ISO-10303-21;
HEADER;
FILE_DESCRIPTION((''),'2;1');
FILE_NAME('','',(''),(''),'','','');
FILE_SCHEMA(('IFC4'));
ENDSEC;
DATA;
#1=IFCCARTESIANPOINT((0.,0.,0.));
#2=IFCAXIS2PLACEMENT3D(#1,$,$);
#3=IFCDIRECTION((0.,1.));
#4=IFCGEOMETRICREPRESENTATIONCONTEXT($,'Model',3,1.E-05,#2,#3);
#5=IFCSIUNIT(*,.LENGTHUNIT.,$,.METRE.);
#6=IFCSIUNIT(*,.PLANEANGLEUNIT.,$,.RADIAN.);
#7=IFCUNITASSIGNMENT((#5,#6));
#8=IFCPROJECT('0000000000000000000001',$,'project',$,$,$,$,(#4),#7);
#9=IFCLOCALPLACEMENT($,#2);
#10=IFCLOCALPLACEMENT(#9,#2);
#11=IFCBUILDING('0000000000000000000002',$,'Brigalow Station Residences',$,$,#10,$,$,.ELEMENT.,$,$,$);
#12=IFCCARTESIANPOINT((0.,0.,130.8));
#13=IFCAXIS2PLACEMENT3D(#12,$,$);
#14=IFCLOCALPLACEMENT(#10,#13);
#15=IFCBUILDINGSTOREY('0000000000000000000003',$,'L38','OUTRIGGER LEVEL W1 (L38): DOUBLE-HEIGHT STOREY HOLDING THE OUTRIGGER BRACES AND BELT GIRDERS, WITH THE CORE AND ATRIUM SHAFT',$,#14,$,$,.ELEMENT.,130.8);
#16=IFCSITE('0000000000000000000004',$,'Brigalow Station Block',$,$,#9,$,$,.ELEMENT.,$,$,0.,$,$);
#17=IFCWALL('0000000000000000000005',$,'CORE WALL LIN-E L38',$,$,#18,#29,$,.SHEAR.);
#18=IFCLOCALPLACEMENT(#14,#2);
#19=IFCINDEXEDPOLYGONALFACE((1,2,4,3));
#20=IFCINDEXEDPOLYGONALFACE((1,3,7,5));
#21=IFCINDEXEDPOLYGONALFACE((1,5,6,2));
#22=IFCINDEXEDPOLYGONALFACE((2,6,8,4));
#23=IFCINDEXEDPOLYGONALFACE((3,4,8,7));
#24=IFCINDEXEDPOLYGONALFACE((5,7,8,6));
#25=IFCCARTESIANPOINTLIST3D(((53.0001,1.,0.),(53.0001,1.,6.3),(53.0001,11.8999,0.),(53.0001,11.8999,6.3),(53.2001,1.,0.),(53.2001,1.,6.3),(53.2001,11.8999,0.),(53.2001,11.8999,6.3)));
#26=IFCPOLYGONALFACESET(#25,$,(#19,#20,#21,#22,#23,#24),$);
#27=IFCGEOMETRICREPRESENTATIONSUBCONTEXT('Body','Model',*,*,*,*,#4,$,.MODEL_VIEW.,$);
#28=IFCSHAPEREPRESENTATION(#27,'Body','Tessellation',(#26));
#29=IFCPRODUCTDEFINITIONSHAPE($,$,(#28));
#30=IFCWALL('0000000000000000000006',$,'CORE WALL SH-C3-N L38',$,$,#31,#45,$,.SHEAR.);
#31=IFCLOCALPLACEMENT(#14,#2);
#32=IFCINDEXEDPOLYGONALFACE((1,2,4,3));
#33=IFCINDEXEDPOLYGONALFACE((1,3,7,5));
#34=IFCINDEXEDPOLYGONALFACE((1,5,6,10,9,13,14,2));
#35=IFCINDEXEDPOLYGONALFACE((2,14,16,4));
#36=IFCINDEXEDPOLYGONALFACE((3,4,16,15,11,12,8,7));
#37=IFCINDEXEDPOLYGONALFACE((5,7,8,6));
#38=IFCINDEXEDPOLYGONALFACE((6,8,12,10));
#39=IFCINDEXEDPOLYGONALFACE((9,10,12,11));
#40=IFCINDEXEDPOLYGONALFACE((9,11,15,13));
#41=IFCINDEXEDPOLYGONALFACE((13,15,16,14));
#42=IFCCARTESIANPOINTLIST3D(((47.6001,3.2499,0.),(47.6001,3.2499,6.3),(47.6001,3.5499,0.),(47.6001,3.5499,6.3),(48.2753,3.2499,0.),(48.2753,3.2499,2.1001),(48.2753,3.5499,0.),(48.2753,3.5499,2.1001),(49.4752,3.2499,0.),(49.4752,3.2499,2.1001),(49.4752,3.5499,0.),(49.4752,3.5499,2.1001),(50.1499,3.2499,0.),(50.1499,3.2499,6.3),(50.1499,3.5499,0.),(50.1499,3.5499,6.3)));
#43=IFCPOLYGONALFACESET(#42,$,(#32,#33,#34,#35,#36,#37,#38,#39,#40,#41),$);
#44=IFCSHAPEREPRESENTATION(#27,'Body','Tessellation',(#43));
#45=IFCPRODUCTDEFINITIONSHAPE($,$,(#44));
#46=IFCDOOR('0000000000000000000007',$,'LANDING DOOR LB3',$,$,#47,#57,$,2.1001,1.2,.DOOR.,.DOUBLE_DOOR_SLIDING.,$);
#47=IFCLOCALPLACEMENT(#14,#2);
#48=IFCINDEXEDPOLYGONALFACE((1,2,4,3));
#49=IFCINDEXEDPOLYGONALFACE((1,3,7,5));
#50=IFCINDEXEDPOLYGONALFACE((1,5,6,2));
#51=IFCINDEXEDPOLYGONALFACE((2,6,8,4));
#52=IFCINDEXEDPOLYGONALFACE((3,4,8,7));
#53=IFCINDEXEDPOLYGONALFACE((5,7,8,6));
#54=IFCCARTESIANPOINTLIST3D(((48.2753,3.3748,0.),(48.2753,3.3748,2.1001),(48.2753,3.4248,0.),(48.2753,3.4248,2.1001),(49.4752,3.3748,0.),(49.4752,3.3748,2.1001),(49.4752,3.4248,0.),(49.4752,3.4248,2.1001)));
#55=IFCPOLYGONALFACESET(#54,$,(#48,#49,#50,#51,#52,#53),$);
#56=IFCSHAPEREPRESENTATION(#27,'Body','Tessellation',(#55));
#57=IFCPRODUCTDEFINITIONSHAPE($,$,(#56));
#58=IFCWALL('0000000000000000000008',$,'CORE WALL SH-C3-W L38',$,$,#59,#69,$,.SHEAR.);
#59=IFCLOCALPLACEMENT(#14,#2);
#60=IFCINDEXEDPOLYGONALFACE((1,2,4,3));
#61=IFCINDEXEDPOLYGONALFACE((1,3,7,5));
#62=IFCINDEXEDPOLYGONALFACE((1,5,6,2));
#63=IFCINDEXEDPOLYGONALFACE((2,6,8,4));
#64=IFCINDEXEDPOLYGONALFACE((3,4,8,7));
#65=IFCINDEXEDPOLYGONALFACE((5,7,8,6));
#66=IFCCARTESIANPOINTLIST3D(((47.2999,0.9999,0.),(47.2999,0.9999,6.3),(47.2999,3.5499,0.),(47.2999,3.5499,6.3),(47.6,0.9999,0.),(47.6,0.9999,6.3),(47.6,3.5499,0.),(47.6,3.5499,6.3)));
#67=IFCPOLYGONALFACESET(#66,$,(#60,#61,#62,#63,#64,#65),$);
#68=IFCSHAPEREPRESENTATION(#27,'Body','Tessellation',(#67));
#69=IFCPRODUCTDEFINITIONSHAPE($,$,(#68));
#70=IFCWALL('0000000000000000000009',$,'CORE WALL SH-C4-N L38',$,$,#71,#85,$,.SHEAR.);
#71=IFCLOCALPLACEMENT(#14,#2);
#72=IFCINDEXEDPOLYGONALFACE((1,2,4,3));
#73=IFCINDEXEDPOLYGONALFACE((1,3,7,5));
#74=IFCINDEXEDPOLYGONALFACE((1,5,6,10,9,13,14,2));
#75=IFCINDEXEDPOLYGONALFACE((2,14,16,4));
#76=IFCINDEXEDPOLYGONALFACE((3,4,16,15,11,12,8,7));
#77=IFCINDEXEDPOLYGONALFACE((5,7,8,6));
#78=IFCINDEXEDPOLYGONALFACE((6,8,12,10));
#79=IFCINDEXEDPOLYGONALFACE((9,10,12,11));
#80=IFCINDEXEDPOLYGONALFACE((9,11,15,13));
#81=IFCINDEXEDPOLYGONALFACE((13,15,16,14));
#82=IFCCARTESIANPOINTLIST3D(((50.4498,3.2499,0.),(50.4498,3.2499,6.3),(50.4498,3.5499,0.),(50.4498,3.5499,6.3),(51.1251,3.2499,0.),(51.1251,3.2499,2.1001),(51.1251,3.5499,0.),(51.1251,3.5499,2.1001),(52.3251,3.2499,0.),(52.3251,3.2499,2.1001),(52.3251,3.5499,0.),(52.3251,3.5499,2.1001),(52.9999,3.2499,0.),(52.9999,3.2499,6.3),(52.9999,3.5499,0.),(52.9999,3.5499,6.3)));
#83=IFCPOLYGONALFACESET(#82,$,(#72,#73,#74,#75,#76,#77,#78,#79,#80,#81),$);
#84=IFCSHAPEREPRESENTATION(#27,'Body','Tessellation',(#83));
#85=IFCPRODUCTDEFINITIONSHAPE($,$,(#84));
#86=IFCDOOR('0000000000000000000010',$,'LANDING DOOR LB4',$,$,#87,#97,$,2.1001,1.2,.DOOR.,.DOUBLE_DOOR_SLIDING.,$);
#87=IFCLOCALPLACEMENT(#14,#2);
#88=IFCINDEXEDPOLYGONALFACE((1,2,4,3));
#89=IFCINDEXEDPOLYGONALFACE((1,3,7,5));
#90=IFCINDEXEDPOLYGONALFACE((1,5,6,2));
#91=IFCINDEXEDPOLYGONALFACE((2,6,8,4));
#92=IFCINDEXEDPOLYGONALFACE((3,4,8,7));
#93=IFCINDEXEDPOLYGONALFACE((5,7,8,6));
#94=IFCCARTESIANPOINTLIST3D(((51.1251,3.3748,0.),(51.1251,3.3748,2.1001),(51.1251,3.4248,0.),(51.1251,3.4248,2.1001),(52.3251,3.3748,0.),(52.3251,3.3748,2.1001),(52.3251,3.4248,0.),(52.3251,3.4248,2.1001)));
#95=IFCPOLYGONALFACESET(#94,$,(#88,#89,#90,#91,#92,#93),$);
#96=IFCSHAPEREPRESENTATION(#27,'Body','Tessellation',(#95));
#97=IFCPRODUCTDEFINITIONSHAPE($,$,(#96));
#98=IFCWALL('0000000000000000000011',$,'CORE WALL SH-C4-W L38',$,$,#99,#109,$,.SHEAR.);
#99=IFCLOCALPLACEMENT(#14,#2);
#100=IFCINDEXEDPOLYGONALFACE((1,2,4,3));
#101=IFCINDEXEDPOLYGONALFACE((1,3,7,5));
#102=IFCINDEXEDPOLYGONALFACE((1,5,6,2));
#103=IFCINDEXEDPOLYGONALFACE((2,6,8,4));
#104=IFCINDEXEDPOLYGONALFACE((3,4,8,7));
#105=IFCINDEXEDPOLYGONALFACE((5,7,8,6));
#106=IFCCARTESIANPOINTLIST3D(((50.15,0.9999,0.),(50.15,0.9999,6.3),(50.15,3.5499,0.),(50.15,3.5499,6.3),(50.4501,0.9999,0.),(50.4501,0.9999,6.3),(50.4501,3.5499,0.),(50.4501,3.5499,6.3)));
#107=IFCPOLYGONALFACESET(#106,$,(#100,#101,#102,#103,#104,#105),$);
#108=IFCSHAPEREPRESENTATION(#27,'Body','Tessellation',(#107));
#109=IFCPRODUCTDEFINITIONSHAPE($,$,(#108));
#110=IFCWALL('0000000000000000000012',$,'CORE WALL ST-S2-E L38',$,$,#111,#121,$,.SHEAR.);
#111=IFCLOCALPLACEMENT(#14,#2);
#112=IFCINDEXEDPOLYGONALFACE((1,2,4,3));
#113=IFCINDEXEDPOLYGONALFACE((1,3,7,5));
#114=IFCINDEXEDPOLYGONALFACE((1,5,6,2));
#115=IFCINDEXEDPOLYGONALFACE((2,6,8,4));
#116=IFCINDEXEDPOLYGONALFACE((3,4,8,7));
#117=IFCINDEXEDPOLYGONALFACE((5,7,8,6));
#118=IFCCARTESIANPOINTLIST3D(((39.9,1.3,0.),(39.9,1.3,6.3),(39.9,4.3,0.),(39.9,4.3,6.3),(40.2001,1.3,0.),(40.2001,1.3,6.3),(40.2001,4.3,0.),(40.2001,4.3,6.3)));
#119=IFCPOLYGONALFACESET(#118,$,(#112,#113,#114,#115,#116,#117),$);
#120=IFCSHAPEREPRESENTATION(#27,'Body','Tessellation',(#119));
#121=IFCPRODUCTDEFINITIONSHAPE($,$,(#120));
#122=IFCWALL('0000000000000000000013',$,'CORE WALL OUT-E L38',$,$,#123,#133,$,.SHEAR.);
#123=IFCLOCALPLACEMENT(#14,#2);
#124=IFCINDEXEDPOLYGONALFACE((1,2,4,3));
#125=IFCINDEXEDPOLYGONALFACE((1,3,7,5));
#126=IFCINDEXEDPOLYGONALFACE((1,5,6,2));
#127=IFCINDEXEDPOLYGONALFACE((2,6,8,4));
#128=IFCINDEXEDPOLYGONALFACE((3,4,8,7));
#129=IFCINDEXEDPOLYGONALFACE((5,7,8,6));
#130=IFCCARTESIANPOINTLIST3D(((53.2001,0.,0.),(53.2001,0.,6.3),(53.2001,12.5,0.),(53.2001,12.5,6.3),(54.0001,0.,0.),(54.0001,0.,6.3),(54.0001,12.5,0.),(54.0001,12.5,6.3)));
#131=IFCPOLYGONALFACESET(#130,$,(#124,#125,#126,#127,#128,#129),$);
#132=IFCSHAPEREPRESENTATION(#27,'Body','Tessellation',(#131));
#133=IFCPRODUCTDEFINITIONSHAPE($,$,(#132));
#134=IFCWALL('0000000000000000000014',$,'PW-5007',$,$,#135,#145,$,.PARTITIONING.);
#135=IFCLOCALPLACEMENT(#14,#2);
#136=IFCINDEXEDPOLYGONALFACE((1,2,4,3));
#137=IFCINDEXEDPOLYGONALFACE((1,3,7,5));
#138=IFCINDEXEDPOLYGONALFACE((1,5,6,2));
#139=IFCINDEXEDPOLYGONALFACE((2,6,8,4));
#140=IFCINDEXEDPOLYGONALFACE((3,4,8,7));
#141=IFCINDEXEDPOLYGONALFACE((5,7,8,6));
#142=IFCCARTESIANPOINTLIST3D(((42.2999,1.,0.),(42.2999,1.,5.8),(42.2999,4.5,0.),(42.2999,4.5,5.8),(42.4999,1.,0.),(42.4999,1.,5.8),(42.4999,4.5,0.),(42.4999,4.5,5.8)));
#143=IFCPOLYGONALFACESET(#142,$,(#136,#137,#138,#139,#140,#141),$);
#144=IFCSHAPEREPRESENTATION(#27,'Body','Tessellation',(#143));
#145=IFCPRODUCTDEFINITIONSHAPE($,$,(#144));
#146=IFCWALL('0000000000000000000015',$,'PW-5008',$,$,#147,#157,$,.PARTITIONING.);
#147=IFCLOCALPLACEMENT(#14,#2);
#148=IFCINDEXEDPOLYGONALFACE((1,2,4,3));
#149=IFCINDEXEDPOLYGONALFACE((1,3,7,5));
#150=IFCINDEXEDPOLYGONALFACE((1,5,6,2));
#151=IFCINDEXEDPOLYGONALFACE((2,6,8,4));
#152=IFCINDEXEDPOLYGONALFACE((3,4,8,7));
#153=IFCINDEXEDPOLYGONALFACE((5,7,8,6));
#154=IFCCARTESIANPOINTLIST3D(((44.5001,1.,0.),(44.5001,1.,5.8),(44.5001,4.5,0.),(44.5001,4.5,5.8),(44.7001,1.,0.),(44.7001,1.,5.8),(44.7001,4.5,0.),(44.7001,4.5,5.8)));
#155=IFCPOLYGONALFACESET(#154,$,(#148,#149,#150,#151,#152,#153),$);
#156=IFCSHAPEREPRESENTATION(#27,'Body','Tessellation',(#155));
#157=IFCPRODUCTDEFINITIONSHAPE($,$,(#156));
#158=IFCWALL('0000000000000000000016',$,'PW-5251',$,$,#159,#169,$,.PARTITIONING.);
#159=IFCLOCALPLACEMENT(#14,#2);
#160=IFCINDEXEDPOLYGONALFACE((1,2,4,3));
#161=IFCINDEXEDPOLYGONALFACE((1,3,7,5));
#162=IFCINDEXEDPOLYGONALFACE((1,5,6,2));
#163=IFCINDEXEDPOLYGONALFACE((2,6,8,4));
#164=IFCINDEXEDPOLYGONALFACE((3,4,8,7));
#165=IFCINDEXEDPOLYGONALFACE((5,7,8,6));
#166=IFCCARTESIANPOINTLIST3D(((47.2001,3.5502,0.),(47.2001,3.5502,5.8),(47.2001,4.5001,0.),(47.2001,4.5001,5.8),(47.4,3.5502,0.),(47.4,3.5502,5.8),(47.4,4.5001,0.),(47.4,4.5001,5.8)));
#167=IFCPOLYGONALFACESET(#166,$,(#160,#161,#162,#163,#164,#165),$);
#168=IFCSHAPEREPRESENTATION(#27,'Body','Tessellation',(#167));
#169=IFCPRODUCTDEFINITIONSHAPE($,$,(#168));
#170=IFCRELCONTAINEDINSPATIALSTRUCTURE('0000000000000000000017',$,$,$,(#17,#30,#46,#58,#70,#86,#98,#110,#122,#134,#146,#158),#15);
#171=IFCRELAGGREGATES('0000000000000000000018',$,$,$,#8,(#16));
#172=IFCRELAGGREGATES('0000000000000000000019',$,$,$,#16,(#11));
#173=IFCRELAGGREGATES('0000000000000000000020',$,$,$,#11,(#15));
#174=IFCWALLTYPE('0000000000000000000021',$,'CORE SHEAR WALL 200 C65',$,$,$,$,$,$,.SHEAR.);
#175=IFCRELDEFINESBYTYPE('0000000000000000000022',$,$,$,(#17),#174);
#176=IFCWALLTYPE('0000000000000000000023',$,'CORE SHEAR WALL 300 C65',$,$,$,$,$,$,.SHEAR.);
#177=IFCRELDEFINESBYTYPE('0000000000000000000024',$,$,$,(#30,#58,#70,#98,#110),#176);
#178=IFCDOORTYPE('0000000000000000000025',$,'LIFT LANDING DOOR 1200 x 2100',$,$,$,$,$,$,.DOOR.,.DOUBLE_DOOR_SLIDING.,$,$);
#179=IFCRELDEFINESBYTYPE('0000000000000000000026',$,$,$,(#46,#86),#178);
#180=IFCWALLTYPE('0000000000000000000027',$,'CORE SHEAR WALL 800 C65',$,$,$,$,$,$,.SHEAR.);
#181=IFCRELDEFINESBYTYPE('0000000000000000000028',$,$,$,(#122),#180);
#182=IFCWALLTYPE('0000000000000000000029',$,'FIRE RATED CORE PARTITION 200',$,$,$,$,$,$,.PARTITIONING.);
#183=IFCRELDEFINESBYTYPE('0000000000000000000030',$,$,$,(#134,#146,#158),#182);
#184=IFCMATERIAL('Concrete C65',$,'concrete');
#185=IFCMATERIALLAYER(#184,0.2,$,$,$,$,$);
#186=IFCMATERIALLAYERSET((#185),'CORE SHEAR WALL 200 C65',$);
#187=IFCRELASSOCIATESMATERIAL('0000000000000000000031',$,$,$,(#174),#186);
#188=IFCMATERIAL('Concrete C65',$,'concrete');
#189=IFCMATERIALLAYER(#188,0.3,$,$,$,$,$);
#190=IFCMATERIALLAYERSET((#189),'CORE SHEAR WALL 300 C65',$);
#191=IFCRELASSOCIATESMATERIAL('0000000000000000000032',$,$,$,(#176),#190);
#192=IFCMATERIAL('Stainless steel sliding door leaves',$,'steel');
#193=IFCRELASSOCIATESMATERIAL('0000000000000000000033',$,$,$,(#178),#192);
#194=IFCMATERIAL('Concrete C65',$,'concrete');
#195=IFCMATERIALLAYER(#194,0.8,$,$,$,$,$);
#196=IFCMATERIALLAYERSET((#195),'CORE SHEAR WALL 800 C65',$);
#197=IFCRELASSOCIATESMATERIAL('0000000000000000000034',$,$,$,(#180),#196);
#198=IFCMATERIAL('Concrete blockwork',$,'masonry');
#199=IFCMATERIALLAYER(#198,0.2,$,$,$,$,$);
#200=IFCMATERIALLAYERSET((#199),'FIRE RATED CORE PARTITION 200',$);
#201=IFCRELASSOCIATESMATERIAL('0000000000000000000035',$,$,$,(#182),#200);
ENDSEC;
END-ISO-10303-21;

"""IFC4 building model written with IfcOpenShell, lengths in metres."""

from ifc_helpers import new_model, si_unit, direction, frame, frame_2d, origin, place, context, subcontext, project, spatial, rectangle, extrude, material, layer, layer_set, type_object, element, fill, save


model = new_model("IFC4")

# Units and contexts
model_context = context("Model", 3, precision=1e-05, world=origin(), true_north=direction((0.0, 1.0)))
body_context = subcontext(model_context, "Body", "Model", "MODEL_VIEW")
ifc_project = project(units=[si_unit("LENGTHUNIT", "METRE"), si_unit("PLANEANGLEUNIT", "RADIAN")], contexts=[model_context])

# Site, building, storey
site_placement = place(None, origin())
site = spatial("IfcSite", under=ifc_project, at=site_placement, Name="Brigalow Station Block", CompositionType="ELEMENT", RefElevation=0.0)
building_placement = place(site_placement, origin())
building = spatial("IfcBuilding", under=site, at=building_placement, Name="Brigalow Station Residences", CompositionType="ELEMENT")
storey_placement = place(building_placement, frame((0.0, 0.0, 130.8)))
storey = spatial("IfcBuildingStorey", under=building, at=storey_placement, Name="L38", Description="OUTRIGGER LEVEL W1 (L38): DOUBLE-HEIGHT STOREY HOLDING THE OUTRIGGER BRACES AND BELT GIRDERS, WITH THE CORE AND ATRIUM SHAFT", CompositionType="ELEMENT", Elevation=130.8)

# Wall
ifc_material_1 = material(Name="Concrete C65", Category="concrete")
ifc_layer_1 = layer(ifc_material_1, 0.2)
ifc_layer_set_1 = layer_set([ifc_layer_1], Name="CORE SHEAR WALL 200 C65")
wall_type_1 = type_object("IfcWallType", Name="CORE SHEAR WALL 200 C65", PredefinedType="SHEAR", material=ifc_layer_set_1)
wall_1_placement = place(storey_placement, frame((53.1001, 1.0, 0.0), z_axis=(0.0, 0.0, 1.0), x_axis=(0.0, 1.0, 0.0)))
element("IfcWall", 1, at=wall_1_placement, inside=storey, type_object=wall_type_1, Name="CORE WALL LIN-E L38", PredefinedType="SHEAR", context=body_context, shape_type="SweptSolid", body=[
    extrude(rectangle(XDim=10.8999, YDim=0.2, at=frame_2d((5.45, 0.0))), origin(), (0.0, 0.0, 1.0), 6.3),
])

# Wall, opening, door
ifc_material_2 = material(Name="Concrete C65", Category="concrete")
ifc_layer_2 = layer(ifc_material_2, 0.3)
ifc_layer_set_2 = layer_set([ifc_layer_2], Name="CORE SHEAR WALL 300 C65")
wall_type_2 = type_object("IfcWallType", Name="CORE SHEAR WALL 300 C65", PredefinedType="SHEAR", material=ifc_layer_set_2)
wall_2_placement = place(storey_placement, frame((47.6001, 3.3999, 0.0), z_axis=(0.0, 0.0, 1.0), x_axis=(1.0, 0.0, 0.0)))
wall_2 = element("IfcWall", 2, at=wall_2_placement, inside=storey, type_object=wall_type_2, Name="CORE WALL SH-C3-N L38", PredefinedType="SHEAR", context=body_context, shape_type="SweptSolid", body=[
    extrude(rectangle(XDim=2.5498, YDim=0.3, at=frame_2d((1.2749, 0.0))), origin(), (0.0, 0.0, 1.0), 6.3),
])
opening_1_placement = place(wall_2_placement, frame((0.675, 0.0, 0.0)))
opening_1 = element("IfcOpeningElement", 3, at=opening_1_placement, cuts=wall_2, PredefinedType="OPENING", context=body_context, shape_type="SweptSolid", body=[
    extrude(rectangle(XDim=1.2, YDim=2.1001, at=frame_2d((0.6001, 1.05))), frame((0.0, 0.1602, 0.0), z_axis=(0.0, -1.0, 0.0), x_axis=(1.0, 0.0, 0.0)), (0.0, 0.0, 1.0), 0.3201),
])
ifc_material_3 = material(Name="Stainless steel sliding door leaves", Category="steel")
door_type = type_object("IfcDoorType", Name="LIFT LANDING DOOR 1200 x 2100", OperationType="DOUBLE_DOOR_SLIDING", PredefinedType="DOOR", material=ifc_material_3)
door_1_placement = place(opening_1_placement, origin())
door_1 = element("IfcDoor", 4, at=door_1_placement, inside=storey, type_object=door_type, Name="LANDING DOOR LB3", OperationType="DOUBLE_DOOR_SLIDING", OverallHeight=2.1001, OverallWidth=1.2, PredefinedType="DOOR", context=body_context, shape_type="SweptSolid", body=[
    extrude(rectangle(XDim=1.2, YDim=2.1001, at=frame_2d((0.6001, 1.05))), frame((0.0, 0.0249, 0.0), z_axis=(0.0, -1.0, 0.0), x_axis=(1.0, 0.0, 0.0)), (0.0, 0.0, 1.0), 0.05),
])
fill(opening_1, door_1)

# Wall
wall_3_placement = place(storey_placement, frame((47.45, 1.0, 0.0), z_axis=(0.0, 0.0, 1.0), x_axis=(0.0, 1.0, 0.0)))
element("IfcWall", 5, at=wall_3_placement, inside=storey, type_object=wall_type_2, Name="CORE WALL SH-C3-W L38", PredefinedType="SHEAR", context=body_context, shape_type="SweptSolid", body=[
    extrude(rectangle(XDim=2.55, YDim=0.3, at=frame_2d((1.2749, 0.0))), origin(), (0.0, 0.0, 1.0), 6.3),
])

# Wall, opening, door
wall_4_placement = place(storey_placement, frame((50.45, 3.3999, 0.0), z_axis=(0.0, 0.0, 1.0), x_axis=(1.0, 0.0, 0.0)))
wall_4 = element("IfcWall", 6, at=wall_4_placement, inside=storey, type_object=wall_type_2, Name="CORE WALL SH-C4-N L38", PredefinedType="SHEAR", context=body_context, shape_type="SweptSolid", body=[
    extrude(rectangle(XDim=2.55, YDim=0.3, at=frame_2d((1.2749, 0.0))), origin(), (0.0, 0.0, 1.0), 6.3),
])
opening_2_placement = place(wall_4_placement, frame((0.675, 0.0, 0.0)))
opening_2 = element("IfcOpeningElement", 7, at=opening_2_placement, cuts=wall_4, PredefinedType="OPENING", context=body_context, shape_type="SweptSolid", body=[
    extrude(rectangle(XDim=1.2, YDim=2.1001, at=frame_2d((0.6001, 1.05))), frame((0.0, 0.1602, 0.0), z_axis=(0.0, -1.0, 0.0), x_axis=(1.0, 0.0, 0.0)), (0.0, 0.0, 1.0), 0.3201),
])
door_2_placement = place(opening_2_placement, origin())
door_2 = element("IfcDoor", 8, at=door_2_placement, inside=storey, type_object=door_type, Name="LANDING DOOR LB4", OperationType="DOUBLE_DOOR_SLIDING", OverallHeight=2.1001, OverallWidth=1.2, PredefinedType="DOOR", context=body_context, shape_type="SweptSolid", body=[
    extrude(rectangle(XDim=1.2, YDim=2.1001, at=frame_2d((0.6001, 1.05))), frame((0.0, 0.0249, 0.0), z_axis=(0.0, -1.0, 0.0), x_axis=(1.0, 0.0, 0.0)), (0.0, 0.0, 1.0), 0.05),
])
fill(opening_2, door_2)

# Walls
wall_5_placement = place(storey_placement, frame((50.3, 1.0, 0.0), z_axis=(0.0, 0.0, 1.0), x_axis=(0.0, 1.0, 0.0)))
element("IfcWall", 9, at=wall_5_placement, inside=storey, type_object=wall_type_2, Name="CORE WALL SH-C4-W L38", PredefinedType="SHEAR", context=body_context, shape_type="SweptSolid", body=[
    extrude(rectangle(XDim=2.55, YDim=0.3, at=frame_2d((1.2749, 0.0))), origin(), (0.0, 0.0, 1.0), 6.3),
])
wall_6_placement = place(storey_placement, frame((40.05, 1.3, 0.0), z_axis=(0.0, 0.0, 1.0), x_axis=(0.0, 1.0, 0.0)))
element("IfcWall", 10, at=wall_6_placement, inside=storey, type_object=wall_type_2, Name="CORE WALL ST-S2-E L38", PredefinedType="SHEAR", context=body_context, shape_type="SweptSolid", body=[
    extrude(rectangle(XDim=3.0, YDim=0.3, at=frame_2d((1.5, 0.0))), origin(), (0.0, 0.0, 1.0), 6.3),
])
ifc_material_4 = material(Name="Concrete C65", Category="concrete")
ifc_layer_3 = layer(ifc_material_4, 0.8)
ifc_layer_set_3 = layer_set([ifc_layer_3], Name="CORE SHEAR WALL 800 C65")
wall_type_3 = type_object("IfcWallType", Name="CORE SHEAR WALL 800 C65", PredefinedType="SHEAR", material=ifc_layer_set_3)
wall_7_placement = place(storey_placement, frame((53.6001, 0.0, 0.0), z_axis=(0.0, 0.0, 1.0), x_axis=(0.0, 1.0, 0.0)))
element("IfcWall", 11, at=wall_7_placement, inside=storey, type_object=wall_type_3, Name="CORE WALL OUT-E L38", PredefinedType="SHEAR", context=body_context, shape_type="SweptSolid", body=[
    extrude(rectangle(XDim=12.5, YDim=0.8, at=frame_2d((6.25, 0.0))), origin(), (0.0, 0.0, 1.0), 6.3),
])
ifc_material_5 = material(Name="Concrete blockwork", Category="masonry")
ifc_layer_4 = layer(ifc_material_5, 0.2)
ifc_layer_set_4 = layer_set([ifc_layer_4], Name="FIRE RATED CORE PARTITION 200")
wall_type_4 = type_object("IfcWallType", Name="FIRE RATED CORE PARTITION 200", PredefinedType="PARTITIONING", material=ifc_layer_set_4)
for number, where, z_axis, x_axis, name in (
    (12, (42.3999, 1.0, 0.0), (0.0, 0.0, 1.0), (0.0, 1.0, 0.0), "PW-5007"),
    (13, (44.6001, 1.0, 0.0), (0.0, 0.0, 1.0), (0.0, 1.0, 0.0), "PW-5008"),
):
    element("IfcWall", number, at=place(storey_placement, frame(where, z_axis=z_axis, x_axis=x_axis)), inside=storey, type_object=wall_type_4, Name=name, PredefinedType="PARTITIONING", context=body_context, shape_type="SweptSolid", body=[
        extrude(rectangle(XDim=3.5, YDim=0.2, at=frame_2d((1.75, 0.0))), origin(), (0.0, 0.0, 1.0), 5.8),
    ])
wall_8_placement = place(storey_placement, frame((47.3, 3.55, 0.0), z_axis=(0.0, 0.0, 1.0), x_axis=(0.0, 1.0, 0.0)))
element("IfcWall", 14, at=wall_8_placement, inside=storey, type_object=wall_type_4, Name="PW-5251", PredefinedType="PARTITIONING", context=body_context, shape_type="SweptSolid", body=[
    extrude(rectangle(XDim=0.95, YDim=0.2, at=frame_2d((0.4751, 0.0))), origin(), (0.0, 0.0, 1.0), 5.8),
])

save(model, "model.ifc")
